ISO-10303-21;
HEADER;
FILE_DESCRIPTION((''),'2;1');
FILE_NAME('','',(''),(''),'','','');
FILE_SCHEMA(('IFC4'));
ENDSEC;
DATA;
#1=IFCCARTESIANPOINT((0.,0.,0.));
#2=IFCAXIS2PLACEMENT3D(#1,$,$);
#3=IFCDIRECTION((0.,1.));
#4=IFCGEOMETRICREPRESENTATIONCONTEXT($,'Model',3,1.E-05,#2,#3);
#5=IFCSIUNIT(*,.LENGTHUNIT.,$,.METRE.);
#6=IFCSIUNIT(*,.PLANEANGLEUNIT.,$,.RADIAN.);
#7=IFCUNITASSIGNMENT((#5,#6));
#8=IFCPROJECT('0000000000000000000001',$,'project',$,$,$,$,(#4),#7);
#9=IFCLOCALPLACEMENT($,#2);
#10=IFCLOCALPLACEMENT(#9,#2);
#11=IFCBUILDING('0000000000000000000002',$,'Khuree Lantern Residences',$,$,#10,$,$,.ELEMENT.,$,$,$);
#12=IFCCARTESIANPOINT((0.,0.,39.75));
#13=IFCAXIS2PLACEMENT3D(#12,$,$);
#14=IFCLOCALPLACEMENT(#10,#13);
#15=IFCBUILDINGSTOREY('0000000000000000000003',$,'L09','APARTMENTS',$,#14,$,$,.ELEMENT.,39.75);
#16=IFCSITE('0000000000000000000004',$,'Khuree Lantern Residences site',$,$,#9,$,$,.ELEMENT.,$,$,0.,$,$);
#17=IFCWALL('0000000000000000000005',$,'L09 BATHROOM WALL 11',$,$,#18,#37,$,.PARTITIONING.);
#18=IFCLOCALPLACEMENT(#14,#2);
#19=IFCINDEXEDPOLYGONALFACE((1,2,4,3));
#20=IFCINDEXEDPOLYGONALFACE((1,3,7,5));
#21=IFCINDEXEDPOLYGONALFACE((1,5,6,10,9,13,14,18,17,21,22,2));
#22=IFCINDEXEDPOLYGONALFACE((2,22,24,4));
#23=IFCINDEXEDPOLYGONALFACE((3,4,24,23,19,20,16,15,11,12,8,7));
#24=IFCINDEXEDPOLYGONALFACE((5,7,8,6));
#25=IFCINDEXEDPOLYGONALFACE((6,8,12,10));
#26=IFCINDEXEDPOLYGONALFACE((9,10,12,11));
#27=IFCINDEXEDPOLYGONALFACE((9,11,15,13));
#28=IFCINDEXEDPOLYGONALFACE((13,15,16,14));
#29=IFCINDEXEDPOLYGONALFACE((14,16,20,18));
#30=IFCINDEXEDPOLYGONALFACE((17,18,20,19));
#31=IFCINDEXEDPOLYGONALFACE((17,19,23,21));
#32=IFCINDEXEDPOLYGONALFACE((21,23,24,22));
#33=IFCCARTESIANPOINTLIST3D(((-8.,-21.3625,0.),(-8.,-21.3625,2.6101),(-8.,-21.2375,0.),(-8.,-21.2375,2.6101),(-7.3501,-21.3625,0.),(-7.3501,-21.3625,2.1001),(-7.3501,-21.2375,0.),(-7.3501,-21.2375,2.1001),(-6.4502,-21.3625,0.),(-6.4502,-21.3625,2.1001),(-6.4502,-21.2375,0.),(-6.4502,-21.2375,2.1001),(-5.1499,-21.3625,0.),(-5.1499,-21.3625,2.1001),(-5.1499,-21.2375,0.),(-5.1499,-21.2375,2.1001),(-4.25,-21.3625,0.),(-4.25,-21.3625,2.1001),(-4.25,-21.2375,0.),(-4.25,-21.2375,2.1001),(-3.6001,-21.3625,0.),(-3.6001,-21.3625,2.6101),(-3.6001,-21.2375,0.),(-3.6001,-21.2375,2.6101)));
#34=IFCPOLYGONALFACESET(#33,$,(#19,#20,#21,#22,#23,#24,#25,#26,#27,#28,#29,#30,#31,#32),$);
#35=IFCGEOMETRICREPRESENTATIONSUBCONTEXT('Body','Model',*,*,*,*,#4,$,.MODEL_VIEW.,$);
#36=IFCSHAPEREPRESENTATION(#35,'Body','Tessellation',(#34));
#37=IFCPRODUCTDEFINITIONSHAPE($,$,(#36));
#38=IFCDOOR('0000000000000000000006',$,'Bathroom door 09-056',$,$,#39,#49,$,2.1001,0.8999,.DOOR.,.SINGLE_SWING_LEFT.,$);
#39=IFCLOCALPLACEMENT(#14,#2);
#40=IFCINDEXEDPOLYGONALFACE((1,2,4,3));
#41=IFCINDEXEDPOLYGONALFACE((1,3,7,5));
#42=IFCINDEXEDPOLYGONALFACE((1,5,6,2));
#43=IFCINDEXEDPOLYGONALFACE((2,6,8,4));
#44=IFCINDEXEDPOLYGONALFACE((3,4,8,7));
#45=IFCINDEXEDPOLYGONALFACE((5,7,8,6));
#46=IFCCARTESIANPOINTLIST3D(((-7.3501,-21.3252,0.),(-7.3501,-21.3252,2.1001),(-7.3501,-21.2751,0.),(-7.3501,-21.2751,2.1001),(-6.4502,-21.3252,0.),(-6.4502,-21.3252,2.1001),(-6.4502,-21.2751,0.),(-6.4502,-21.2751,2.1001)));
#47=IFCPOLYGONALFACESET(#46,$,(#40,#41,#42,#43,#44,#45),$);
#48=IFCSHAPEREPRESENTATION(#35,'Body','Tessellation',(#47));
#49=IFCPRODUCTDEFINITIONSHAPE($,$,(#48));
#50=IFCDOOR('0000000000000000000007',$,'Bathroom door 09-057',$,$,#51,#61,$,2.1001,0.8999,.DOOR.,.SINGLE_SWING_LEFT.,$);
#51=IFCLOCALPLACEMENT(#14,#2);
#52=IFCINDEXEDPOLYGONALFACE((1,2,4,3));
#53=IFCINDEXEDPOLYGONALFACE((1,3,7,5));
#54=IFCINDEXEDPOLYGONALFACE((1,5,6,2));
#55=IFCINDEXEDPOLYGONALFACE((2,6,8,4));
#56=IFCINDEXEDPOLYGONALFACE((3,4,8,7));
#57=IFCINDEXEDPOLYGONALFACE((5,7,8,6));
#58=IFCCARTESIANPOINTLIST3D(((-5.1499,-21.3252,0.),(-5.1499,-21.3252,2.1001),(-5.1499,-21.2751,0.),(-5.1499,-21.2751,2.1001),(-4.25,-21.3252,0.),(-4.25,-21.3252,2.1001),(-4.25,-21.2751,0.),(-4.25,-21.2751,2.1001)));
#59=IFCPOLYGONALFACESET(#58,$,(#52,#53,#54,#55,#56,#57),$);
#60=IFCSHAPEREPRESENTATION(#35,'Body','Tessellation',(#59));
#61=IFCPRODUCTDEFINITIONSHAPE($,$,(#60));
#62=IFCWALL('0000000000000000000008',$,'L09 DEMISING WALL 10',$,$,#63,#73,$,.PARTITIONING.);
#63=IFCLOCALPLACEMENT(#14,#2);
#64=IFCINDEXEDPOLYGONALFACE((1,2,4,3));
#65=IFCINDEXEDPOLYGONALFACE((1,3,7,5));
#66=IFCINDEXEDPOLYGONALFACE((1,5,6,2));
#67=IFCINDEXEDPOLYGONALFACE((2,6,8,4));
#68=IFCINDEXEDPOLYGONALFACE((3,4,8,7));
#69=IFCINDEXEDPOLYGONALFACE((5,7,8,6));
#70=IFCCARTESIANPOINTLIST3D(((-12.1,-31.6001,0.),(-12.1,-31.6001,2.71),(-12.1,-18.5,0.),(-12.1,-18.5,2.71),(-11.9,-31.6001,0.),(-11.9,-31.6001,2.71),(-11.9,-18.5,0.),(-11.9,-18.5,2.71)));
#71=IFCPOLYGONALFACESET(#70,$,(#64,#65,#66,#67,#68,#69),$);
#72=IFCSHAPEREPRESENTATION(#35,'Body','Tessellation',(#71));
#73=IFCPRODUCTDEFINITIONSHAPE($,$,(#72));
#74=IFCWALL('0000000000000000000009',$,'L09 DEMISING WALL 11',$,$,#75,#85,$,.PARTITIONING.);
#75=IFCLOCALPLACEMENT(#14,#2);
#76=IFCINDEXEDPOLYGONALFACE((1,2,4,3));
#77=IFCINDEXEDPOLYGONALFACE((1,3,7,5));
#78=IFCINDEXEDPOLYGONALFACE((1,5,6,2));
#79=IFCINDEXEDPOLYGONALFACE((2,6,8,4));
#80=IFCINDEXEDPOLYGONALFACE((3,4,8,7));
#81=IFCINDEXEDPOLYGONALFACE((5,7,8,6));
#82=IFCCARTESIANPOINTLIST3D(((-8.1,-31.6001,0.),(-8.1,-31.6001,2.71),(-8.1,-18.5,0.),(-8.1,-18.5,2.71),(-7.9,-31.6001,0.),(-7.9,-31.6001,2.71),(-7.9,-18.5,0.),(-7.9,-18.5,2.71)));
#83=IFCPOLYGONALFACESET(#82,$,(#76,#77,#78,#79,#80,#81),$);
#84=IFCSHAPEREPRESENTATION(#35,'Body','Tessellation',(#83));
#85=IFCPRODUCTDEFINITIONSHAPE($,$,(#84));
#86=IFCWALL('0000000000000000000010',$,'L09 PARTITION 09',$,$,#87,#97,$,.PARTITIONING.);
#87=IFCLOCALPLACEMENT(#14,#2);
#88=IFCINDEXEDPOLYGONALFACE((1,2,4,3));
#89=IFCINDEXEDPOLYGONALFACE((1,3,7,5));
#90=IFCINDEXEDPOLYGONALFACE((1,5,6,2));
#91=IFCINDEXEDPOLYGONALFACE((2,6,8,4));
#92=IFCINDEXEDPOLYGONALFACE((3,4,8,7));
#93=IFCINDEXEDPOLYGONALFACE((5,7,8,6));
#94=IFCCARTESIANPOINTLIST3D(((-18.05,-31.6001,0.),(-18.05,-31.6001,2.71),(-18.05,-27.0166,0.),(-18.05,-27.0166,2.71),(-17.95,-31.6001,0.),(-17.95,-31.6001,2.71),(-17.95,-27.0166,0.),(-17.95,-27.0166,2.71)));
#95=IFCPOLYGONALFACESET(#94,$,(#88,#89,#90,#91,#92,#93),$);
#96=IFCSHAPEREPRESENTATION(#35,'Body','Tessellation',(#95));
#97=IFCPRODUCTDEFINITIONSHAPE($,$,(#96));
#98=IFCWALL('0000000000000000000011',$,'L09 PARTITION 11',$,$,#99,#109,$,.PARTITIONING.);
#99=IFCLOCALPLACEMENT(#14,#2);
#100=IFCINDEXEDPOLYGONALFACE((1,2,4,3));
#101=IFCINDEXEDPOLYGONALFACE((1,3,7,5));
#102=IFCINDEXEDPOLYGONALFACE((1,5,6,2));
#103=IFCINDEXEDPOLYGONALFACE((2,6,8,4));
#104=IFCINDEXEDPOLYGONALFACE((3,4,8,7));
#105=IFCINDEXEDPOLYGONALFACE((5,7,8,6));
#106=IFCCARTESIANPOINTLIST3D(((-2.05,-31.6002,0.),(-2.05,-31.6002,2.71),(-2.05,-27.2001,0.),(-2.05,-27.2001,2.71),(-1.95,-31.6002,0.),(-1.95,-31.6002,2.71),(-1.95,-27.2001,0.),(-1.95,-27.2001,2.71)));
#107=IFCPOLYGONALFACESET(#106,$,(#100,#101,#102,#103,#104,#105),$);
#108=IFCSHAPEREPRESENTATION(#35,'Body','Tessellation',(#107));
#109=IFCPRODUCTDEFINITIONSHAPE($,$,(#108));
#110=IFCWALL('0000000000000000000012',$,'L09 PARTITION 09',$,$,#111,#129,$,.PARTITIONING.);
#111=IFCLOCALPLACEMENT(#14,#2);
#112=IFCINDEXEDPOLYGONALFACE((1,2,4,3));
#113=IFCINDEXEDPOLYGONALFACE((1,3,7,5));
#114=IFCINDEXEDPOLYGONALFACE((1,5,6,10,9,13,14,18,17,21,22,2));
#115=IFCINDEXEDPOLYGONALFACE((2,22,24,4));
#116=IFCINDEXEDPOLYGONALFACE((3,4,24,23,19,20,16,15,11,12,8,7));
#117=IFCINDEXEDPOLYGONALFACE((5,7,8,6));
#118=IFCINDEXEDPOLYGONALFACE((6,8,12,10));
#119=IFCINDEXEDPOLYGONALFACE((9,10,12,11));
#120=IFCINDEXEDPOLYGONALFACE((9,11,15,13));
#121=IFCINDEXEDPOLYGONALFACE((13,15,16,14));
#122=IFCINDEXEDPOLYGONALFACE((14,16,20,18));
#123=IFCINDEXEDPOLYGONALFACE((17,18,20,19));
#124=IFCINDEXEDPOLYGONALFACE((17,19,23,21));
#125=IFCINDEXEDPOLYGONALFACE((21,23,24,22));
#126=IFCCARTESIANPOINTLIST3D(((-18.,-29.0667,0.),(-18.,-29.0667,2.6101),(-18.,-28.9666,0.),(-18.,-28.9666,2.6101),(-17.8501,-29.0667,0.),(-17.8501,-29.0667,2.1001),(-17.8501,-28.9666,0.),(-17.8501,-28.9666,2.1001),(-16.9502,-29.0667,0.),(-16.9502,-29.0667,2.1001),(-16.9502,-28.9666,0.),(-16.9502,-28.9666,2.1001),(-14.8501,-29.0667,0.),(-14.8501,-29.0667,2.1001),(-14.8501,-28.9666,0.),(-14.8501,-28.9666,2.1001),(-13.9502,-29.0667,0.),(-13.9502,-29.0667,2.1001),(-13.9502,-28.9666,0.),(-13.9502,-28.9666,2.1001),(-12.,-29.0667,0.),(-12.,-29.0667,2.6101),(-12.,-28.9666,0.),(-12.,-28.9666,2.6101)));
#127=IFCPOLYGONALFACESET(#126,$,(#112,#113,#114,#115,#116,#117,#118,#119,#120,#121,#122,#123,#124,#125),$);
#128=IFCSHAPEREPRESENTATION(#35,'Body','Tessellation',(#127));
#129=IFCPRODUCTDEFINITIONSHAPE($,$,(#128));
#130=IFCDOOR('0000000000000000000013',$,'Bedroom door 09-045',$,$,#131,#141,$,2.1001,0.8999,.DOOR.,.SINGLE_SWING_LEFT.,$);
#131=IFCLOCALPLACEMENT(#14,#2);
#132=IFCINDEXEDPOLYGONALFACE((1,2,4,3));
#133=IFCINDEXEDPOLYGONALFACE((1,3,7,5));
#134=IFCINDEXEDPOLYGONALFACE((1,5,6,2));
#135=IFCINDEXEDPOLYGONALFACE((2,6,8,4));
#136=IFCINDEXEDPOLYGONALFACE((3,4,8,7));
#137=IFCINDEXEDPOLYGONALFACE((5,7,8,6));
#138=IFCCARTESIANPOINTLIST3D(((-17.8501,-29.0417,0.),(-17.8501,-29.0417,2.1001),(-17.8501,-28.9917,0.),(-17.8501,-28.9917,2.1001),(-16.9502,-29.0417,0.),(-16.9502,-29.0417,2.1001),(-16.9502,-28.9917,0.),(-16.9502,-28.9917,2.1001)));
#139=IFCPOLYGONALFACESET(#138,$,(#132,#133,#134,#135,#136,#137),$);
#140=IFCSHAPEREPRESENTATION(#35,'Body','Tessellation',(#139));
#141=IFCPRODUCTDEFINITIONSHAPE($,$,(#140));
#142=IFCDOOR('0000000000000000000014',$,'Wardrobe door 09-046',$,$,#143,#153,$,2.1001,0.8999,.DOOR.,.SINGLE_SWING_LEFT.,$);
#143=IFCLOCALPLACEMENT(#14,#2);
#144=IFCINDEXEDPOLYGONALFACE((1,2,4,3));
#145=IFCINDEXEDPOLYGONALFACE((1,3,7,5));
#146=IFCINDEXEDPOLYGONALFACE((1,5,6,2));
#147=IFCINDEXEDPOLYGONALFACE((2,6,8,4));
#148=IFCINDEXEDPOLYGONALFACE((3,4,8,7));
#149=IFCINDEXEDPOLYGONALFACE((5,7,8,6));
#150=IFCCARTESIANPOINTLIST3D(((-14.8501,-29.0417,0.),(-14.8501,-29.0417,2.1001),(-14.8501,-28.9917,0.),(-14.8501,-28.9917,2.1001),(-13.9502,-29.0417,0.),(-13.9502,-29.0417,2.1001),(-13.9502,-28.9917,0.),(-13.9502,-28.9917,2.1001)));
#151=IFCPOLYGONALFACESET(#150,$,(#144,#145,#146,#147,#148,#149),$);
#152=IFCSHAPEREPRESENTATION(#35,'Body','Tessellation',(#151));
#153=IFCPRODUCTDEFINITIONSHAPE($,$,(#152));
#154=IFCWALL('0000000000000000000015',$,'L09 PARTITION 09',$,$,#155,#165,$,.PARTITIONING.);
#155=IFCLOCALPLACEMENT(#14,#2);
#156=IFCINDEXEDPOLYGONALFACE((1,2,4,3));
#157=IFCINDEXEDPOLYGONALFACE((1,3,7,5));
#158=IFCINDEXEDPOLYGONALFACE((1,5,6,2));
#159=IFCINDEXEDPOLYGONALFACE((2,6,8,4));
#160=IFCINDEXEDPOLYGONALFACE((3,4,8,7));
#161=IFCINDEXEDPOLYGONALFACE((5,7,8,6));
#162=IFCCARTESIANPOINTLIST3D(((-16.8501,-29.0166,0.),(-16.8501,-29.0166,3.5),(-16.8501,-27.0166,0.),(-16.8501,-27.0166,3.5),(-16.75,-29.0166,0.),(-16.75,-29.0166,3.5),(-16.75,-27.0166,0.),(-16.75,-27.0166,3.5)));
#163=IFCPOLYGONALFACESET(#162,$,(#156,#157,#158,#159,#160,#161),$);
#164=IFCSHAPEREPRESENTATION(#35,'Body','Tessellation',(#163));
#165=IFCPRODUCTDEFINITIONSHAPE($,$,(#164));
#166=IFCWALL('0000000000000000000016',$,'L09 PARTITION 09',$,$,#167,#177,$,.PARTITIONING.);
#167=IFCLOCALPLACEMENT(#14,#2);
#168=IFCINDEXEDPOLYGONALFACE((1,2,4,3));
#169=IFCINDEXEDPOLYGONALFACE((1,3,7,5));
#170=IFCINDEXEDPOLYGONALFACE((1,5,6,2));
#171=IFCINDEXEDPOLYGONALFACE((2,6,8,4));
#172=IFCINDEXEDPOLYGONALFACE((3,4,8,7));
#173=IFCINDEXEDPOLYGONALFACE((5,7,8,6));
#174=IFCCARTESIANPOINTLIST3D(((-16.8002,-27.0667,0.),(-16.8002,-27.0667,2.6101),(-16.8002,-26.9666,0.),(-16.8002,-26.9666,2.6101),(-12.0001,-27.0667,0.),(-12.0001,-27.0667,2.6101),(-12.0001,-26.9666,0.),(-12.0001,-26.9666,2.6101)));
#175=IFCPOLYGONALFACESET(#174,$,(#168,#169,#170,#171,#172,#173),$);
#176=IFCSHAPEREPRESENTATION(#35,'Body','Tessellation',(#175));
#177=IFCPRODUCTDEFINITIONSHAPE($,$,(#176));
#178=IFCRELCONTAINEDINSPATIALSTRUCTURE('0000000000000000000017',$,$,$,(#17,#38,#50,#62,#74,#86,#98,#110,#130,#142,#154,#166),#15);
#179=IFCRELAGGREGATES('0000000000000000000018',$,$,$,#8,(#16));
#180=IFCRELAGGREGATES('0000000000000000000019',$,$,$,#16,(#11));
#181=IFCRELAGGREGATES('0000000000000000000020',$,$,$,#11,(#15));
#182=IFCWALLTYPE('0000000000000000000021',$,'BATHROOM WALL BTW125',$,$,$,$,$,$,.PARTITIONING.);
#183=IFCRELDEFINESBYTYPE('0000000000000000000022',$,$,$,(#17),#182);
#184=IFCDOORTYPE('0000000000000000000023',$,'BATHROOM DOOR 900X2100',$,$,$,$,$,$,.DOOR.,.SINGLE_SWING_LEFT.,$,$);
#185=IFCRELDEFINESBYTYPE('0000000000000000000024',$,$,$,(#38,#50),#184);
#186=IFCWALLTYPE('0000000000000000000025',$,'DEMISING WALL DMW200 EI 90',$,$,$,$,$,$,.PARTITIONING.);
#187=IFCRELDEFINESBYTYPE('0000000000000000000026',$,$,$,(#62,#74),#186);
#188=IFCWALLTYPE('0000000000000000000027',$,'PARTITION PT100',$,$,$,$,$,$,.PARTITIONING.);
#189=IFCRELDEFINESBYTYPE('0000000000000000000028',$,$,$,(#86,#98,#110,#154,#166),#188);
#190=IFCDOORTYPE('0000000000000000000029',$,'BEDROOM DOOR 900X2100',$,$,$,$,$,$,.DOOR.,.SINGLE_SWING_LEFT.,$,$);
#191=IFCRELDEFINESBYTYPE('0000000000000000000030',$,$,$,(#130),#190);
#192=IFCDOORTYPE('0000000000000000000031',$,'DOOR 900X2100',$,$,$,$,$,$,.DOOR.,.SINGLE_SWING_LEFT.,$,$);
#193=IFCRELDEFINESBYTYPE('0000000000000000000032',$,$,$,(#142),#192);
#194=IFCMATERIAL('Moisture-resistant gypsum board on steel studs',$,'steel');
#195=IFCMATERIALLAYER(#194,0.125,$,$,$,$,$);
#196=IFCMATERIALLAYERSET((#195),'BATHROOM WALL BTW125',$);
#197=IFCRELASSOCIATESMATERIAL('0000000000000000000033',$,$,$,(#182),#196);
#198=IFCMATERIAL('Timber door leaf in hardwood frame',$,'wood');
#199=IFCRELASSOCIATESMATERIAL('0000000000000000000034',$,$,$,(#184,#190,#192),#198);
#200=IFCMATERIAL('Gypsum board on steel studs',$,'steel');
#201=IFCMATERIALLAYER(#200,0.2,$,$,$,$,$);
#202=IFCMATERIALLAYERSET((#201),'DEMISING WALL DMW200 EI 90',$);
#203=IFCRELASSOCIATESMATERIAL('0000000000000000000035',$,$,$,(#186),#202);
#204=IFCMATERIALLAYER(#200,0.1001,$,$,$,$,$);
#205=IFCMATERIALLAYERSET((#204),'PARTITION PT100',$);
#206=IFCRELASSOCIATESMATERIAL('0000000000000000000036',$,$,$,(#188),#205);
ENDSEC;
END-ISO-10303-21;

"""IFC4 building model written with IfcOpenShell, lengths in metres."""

from ifc_helpers import new_model, si_unit, direction, frame, frame_2d, origin, place, context, subcontext, project, spatial, rectangle, extrude, material, layer, layer_set, type_object, element, fill, save


model = new_model("IFC4")

# Units and contexts
model_context = context("Model", 3, precision=1e-05, world=origin(), true_north=direction((0.0, 1.0)))
body_context = subcontext(model_context, "Body", "Model", "MODEL_VIEW")
ifc_project = project(units=[si_unit("LENGTHUNIT", "METRE"), si_unit("PLANEANGLEUNIT", "RADIAN")], contexts=[model_context])

# Site, building, storey
site_placement = place(None, origin())
site = spatial("IfcSite", under=ifc_project, at=site_placement, Name="Khuree Lantern Residences site", CompositionType="ELEMENT", RefElevation=0.0)
building_placement = place(site_placement, origin())
building = spatial("IfcBuilding", under=site, at=building_placement, Name="Khuree Lantern Residences", CompositionType="ELEMENT")
storey_placement = place(building_placement, frame((0.0, 0.0, 39.75)))
storey = spatial("IfcBuildingStorey", under=building, at=storey_placement, Name="L09", Description="APARTMENTS", CompositionType="ELEMENT", Elevation=39.75)

# Shared definitions
ifc_material_1 = material(Name="Moisture-resistant gypsum board on steel studs", Category="steel")
ifc_layer_1 = layer(ifc_material_1, 0.125)
ifc_layer_set_1 = layer_set([ifc_layer_1], Name="BATHROOM WALL BTW125")
wall_type_1 = type_object("IfcWallType", Name="BATHROOM WALL BTW125", PredefinedType="PARTITIONING", material=ifc_layer_set_1)
ifc_material_2 = material(Name="Timber door leaf in hardwood frame", Category="wood")
door_type_1 = type_object("IfcDoorType", Name="BATHROOM DOOR 900X2100", OperationType="SINGLE_SWING_LEFT", PredefinedType="DOOR", material=ifc_material_2)

# Wall, openings, doors
wall_1_placement = place(storey_placement, frame((-8.0, -21.3, 0.0), z_axis=(0.0, 0.0, 1.0), x_axis=(1.0, 0.0, 0.0)))
wall_1 = element("IfcWall", 1, at=wall_1_placement, inside=storey, type_object=wall_type_1, Name="L09 BATHROOM WALL 11", PredefinedType="PARTITIONING", context=body_context, shape_type="SweptSolid", body=[
    extrude(rectangle(XDim=4.3999, YDim=0.125, at=frame_2d((2.2, 0.0))), origin(), (0.0, 0.0, 1.0), 2.6101),
])
opening_1_placement = place(wall_1_placement, frame((0.6499, 0.0, 0.0)))
opening_1 = element("IfcOpeningElement", 2, at=opening_1_placement, cuts=wall_1, PredefinedType="OPENING", context=body_context, shape_type="SweptSolid", body=[
    extrude(rectangle(XDim=0.8999, YDim=2.1001, at=frame_2d((0.45, 1.05))), frame((0.0, 0.0725, 0.0), z_axis=(0.0, -1.0, 0.0), x_axis=(1.0, 0.0, 0.0)), (0.0, 0.0, 1.0), 0.145),
])
opening_2_placement = place(wall_1_placement, frame((2.8501, 0.0, 0.0)))
opening_2 = element("IfcOpeningElement", 3, at=opening_2_placement, cuts=wall_1, PredefinedType="OPENING", context=body_context, shape_type="SweptSolid", body=[
    extrude(rectangle(XDim=0.8999, YDim=2.1001, at=frame_2d((0.45, 1.05))), frame((0.0, 0.0725, 0.0), z_axis=(0.0, -1.0, 0.0), x_axis=(1.0, 0.0, 0.0)), (0.0, 0.0, 1.0), 0.145),
])
door_1_placement = place(opening_1_placement, origin())
door_1 = element("IfcDoor", 4, at=door_1_placement, inside=storey, type_object=door_type_1, Name="Bathroom door 09-056", OperationType="SINGLE_SWING_LEFT", OverallHeight=2.1001, OverallWidth=0.8999, PredefinedType="DOOR", context=body_context, shape_type="SweptSolid", body=[
    extrude(rectangle(XDim=0.8999, YDim=2.1001, at=frame_2d((0.45, 1.05))), frame((0.0, 0.0249, 0.0), z_axis=(0.0, -1.0, 0.0), x_axis=(1.0, 0.0, 0.0)), (0.0, 0.0, 1.0), 0.05),
])
fill(opening_1, door_1)
door_2_placement = place(opening_2_placement, origin())
door_2 = element("IfcDoor", 5, at=door_2_placement, inside=storey, type_object=door_type_1, Name="Bathroom door 09-057", OperationType="SINGLE_SWING_LEFT", OverallHeight=2.1001, OverallWidth=0.8999, PredefinedType="DOOR", context=body_context, shape_type="SweptSolid", body=[
    extrude(rectangle(XDim=0.8999, YDim=2.1001, at=frame_2d((0.45, 1.05))), frame((0.0, 0.0249, 0.0), z_axis=(0.0, -1.0, 0.0), x_axis=(1.0, 0.0, 0.0)), (0.0, 0.0, 1.0), 0.05),
])
fill(opening_2, door_2)

# Walls
ifc_material_3 = material(Name="Gypsum board on steel studs", Category="steel")
ifc_layer_2 = layer(ifc_material_3, 0.2)
ifc_layer_set_2 = layer_set([ifc_layer_2], Name="DEMISING WALL DMW200 EI 90")
wall_type_2 = type_object("IfcWallType", Name="DEMISING WALL DMW200 EI 90", PredefinedType="PARTITIONING", material=ifc_layer_set_2)
for number, where, z_axis, x_axis, name in (
    (6, (-12.0, -18.5, 0.0), (0.0, 0.0, 1.0), (0.0, -1.0, 0.0), "L09 DEMISING WALL 10"),
    (7, (-8.0, -18.5, 0.0), (0.0, 0.0, 1.0), (0.0, -1.0, 0.0), "L09 DEMISING WALL 11"),
):
    element("IfcWall", number, at=place(storey_placement, frame(where, z_axis=z_axis, x_axis=x_axis)), inside=storey, type_object=wall_type_2, Name=name, PredefinedType="PARTITIONING", context=body_context, shape_type="SweptSolid", body=[
        extrude(rectangle(XDim=13.1001, YDim=0.2, at=frame_2d((6.55, 0.0))), origin(), (0.0, 0.0, 1.0), 2.71),
    ])
ifc_layer_3 = layer(ifc_material_3, 0.1001)
ifc_layer_set_3 = layer_set([ifc_layer_3], Name="PARTITION PT100")
wall_type_3 = type_object("IfcWallType", Name="PARTITION PT100", PredefinedType="PARTITIONING", material=ifc_layer_set_3)
wall_2_placement = place(storey_placement, frame((-18.0, -27.0166, 0.0), z_axis=(0.0, 0.0, 1.0), x_axis=(0.0, -1.0, 0.0)))
element("IfcWall", 8, at=wall_2_placement, inside=storey, type_object=wall_type_3, Name="L09 PARTITION 09", PredefinedType="PARTITIONING", context=body_context, shape_type="SweptSolid", body=[
    extrude(rectangle(XDim=4.5835, YDim=0.1001, at=frame_2d((2.2917, 0.0))), origin(), (0.0, 0.0, 1.0), 2.71),
])
wall_3_placement = place(storey_placement, frame((-2.0, -27.2, 0.0), z_axis=(0.0, 0.0, 1.0), x_axis=(0.0, -1.0, 0.0)))
element("IfcWall", 9, at=wall_3_placement, inside=storey, type_object=wall_type_3, Name="L09 PARTITION 11", PredefinedType="PARTITIONING", context=body_context, shape_type="SweptSolid", body=[
    extrude(rectangle(XDim=4.4001, YDim=0.1001, at=frame_2d((2.2002, 0.0))), origin(), (0.0, 0.0, 1.0), 2.71),
])

# Wall, openings, doors
wall_4_placement = place(storey_placement, frame((-18.0, -29.0166, 0.0), z_axis=(0.0, 0.0, 1.0), x_axis=(1.0, 0.0, 0.0)))
wall_4 = element("IfcWall", 10, at=wall_4_placement, inside=storey, type_object=wall_type_3, Name="L09 PARTITION 09", PredefinedType="PARTITIONING", context=body_context, shape_type="SweptSolid", body=[
    extrude(rectangle(XDim=6.0, YDim=0.1001, at=frame_2d((3.0, 0.0))), origin(), (0.0, 0.0, 1.0), 2.6101),
])
opening_3_placement = place(wall_4_placement, frame((0.1499, 0.0, 0.0)))
opening_3 = element("IfcOpeningElement", 11, at=opening_3_placement, cuts=wall_4, PredefinedType="OPENING", context=body_context, shape_type="SweptSolid", body=[
    extrude(rectangle(XDim=0.8999, YDim=2.1001, at=frame_2d((0.45, 1.05))), frame((0.0, 0.0601, 0.0), z_axis=(0.0, -1.0, 0.0), x_axis=(1.0, 0.0, 0.0)), (0.0, 0.0, 1.0), 0.1201),
])
opening_4_placement = place(wall_4_placement, frame((3.1499, 0.0, 0.0)))
opening_4 = element("IfcOpeningElement", 12, at=opening_4_placement, cuts=wall_4, PredefinedType="OPENING", context=body_context, shape_type="SweptSolid", body=[
    extrude(rectangle(XDim=0.8999, YDim=2.1001, at=frame_2d((0.45, 1.05))), frame((0.0, 0.0601, 0.0), z_axis=(0.0, -1.0, 0.0), x_axis=(1.0, 0.0, 0.0)), (0.0, 0.0, 1.0), 0.1201),
])
door_type_2 = type_object("IfcDoorType", Name="BEDROOM DOOR 900X2100", OperationType="SINGLE_SWING_LEFT", PredefinedType="DOOR", material=ifc_material_2)
door_3_placement = place(opening_3_placement, origin())
door_3 = element("IfcDoor", 13, at=door_3_placement, inside=storey, type_object=door_type_2, Name="Bedroom door 09-045", OperationType="SINGLE_SWING_LEFT", OverallHeight=2.1001, OverallWidth=0.8999, PredefinedType="DOOR", context=body_context, shape_type="SweptSolid", body=[
    extrude(rectangle(XDim=0.8999, YDim=2.1001, at=frame_2d((0.45, 1.05))), frame((0.0, 0.0249, 0.0), z_axis=(0.0, -1.0, 0.0), x_axis=(1.0, 0.0, 0.0)), (0.0, 0.0, 1.0), 0.05),
])
fill(opening_3, door_3)
door_type_3 = type_object("IfcDoorType", Name="DOOR 900X2100", OperationType="SINGLE_SWING_LEFT", PredefinedType="DOOR", material=ifc_material_2)
door_4_placement = place(opening_4_placement, origin())
door_4 = element("IfcDoor", 14, at=door_4_placement, inside=storey, type_object=door_type_3, Name="Wardrobe door 09-046", OperationType="SINGLE_SWING_LEFT", OverallHeight=2.1001, OverallWidth=0.8999, PredefinedType="DOOR", context=body_context, shape_type="SweptSolid", body=[
    extrude(rectangle(XDim=0.8999, YDim=2.1001, at=frame_2d((0.45, 1.05))), frame((0.0, 0.0249, 0.0), z_axis=(0.0, -1.0, 0.0), x_axis=(1.0, 0.0, 0.0)), (0.0, 0.0, 1.0), 0.05),
])
fill(opening_4, door_4)

# Walls
wall_5_placement = place(storey_placement, frame((-16.8, -27.0166, 0.0), z_axis=(0.0, 0.0, 1.0), x_axis=(0.0, -1.0, 0.0)))
element("IfcWall", 15, at=wall_5_placement, inside=storey, type_object=wall_type_3, Name="L09 PARTITION 09", PredefinedType="PARTITIONING", context=body_context, shape_type="SweptSolid", body=[
    extrude(rectangle(XDim=2.0, YDim=0.1001, at=frame_2d((1.0, 0.0))), origin(), (0.0, 0.0, 1.0), 3.5),
])
wall_6_placement = place(storey_placement, frame((-16.8, -27.0166, 0.0), z_axis=(0.0, 0.0, 1.0), x_axis=(1.0, 0.0, 0.0)))
element("IfcWall", 16, at=wall_6_placement, inside=storey, type_object=wall_type_3, Name="L09 PARTITION 09", PredefinedType="PARTITIONING", context=body_context, shape_type="SweptSolid", body=[
    extrude(rectangle(XDim=4.8, YDim=0.1001, at=frame_2d((2.3999, 0.0))), origin(), (0.0, 0.0, 1.0), 2.6101),
])

save(model, "model.ifc")
